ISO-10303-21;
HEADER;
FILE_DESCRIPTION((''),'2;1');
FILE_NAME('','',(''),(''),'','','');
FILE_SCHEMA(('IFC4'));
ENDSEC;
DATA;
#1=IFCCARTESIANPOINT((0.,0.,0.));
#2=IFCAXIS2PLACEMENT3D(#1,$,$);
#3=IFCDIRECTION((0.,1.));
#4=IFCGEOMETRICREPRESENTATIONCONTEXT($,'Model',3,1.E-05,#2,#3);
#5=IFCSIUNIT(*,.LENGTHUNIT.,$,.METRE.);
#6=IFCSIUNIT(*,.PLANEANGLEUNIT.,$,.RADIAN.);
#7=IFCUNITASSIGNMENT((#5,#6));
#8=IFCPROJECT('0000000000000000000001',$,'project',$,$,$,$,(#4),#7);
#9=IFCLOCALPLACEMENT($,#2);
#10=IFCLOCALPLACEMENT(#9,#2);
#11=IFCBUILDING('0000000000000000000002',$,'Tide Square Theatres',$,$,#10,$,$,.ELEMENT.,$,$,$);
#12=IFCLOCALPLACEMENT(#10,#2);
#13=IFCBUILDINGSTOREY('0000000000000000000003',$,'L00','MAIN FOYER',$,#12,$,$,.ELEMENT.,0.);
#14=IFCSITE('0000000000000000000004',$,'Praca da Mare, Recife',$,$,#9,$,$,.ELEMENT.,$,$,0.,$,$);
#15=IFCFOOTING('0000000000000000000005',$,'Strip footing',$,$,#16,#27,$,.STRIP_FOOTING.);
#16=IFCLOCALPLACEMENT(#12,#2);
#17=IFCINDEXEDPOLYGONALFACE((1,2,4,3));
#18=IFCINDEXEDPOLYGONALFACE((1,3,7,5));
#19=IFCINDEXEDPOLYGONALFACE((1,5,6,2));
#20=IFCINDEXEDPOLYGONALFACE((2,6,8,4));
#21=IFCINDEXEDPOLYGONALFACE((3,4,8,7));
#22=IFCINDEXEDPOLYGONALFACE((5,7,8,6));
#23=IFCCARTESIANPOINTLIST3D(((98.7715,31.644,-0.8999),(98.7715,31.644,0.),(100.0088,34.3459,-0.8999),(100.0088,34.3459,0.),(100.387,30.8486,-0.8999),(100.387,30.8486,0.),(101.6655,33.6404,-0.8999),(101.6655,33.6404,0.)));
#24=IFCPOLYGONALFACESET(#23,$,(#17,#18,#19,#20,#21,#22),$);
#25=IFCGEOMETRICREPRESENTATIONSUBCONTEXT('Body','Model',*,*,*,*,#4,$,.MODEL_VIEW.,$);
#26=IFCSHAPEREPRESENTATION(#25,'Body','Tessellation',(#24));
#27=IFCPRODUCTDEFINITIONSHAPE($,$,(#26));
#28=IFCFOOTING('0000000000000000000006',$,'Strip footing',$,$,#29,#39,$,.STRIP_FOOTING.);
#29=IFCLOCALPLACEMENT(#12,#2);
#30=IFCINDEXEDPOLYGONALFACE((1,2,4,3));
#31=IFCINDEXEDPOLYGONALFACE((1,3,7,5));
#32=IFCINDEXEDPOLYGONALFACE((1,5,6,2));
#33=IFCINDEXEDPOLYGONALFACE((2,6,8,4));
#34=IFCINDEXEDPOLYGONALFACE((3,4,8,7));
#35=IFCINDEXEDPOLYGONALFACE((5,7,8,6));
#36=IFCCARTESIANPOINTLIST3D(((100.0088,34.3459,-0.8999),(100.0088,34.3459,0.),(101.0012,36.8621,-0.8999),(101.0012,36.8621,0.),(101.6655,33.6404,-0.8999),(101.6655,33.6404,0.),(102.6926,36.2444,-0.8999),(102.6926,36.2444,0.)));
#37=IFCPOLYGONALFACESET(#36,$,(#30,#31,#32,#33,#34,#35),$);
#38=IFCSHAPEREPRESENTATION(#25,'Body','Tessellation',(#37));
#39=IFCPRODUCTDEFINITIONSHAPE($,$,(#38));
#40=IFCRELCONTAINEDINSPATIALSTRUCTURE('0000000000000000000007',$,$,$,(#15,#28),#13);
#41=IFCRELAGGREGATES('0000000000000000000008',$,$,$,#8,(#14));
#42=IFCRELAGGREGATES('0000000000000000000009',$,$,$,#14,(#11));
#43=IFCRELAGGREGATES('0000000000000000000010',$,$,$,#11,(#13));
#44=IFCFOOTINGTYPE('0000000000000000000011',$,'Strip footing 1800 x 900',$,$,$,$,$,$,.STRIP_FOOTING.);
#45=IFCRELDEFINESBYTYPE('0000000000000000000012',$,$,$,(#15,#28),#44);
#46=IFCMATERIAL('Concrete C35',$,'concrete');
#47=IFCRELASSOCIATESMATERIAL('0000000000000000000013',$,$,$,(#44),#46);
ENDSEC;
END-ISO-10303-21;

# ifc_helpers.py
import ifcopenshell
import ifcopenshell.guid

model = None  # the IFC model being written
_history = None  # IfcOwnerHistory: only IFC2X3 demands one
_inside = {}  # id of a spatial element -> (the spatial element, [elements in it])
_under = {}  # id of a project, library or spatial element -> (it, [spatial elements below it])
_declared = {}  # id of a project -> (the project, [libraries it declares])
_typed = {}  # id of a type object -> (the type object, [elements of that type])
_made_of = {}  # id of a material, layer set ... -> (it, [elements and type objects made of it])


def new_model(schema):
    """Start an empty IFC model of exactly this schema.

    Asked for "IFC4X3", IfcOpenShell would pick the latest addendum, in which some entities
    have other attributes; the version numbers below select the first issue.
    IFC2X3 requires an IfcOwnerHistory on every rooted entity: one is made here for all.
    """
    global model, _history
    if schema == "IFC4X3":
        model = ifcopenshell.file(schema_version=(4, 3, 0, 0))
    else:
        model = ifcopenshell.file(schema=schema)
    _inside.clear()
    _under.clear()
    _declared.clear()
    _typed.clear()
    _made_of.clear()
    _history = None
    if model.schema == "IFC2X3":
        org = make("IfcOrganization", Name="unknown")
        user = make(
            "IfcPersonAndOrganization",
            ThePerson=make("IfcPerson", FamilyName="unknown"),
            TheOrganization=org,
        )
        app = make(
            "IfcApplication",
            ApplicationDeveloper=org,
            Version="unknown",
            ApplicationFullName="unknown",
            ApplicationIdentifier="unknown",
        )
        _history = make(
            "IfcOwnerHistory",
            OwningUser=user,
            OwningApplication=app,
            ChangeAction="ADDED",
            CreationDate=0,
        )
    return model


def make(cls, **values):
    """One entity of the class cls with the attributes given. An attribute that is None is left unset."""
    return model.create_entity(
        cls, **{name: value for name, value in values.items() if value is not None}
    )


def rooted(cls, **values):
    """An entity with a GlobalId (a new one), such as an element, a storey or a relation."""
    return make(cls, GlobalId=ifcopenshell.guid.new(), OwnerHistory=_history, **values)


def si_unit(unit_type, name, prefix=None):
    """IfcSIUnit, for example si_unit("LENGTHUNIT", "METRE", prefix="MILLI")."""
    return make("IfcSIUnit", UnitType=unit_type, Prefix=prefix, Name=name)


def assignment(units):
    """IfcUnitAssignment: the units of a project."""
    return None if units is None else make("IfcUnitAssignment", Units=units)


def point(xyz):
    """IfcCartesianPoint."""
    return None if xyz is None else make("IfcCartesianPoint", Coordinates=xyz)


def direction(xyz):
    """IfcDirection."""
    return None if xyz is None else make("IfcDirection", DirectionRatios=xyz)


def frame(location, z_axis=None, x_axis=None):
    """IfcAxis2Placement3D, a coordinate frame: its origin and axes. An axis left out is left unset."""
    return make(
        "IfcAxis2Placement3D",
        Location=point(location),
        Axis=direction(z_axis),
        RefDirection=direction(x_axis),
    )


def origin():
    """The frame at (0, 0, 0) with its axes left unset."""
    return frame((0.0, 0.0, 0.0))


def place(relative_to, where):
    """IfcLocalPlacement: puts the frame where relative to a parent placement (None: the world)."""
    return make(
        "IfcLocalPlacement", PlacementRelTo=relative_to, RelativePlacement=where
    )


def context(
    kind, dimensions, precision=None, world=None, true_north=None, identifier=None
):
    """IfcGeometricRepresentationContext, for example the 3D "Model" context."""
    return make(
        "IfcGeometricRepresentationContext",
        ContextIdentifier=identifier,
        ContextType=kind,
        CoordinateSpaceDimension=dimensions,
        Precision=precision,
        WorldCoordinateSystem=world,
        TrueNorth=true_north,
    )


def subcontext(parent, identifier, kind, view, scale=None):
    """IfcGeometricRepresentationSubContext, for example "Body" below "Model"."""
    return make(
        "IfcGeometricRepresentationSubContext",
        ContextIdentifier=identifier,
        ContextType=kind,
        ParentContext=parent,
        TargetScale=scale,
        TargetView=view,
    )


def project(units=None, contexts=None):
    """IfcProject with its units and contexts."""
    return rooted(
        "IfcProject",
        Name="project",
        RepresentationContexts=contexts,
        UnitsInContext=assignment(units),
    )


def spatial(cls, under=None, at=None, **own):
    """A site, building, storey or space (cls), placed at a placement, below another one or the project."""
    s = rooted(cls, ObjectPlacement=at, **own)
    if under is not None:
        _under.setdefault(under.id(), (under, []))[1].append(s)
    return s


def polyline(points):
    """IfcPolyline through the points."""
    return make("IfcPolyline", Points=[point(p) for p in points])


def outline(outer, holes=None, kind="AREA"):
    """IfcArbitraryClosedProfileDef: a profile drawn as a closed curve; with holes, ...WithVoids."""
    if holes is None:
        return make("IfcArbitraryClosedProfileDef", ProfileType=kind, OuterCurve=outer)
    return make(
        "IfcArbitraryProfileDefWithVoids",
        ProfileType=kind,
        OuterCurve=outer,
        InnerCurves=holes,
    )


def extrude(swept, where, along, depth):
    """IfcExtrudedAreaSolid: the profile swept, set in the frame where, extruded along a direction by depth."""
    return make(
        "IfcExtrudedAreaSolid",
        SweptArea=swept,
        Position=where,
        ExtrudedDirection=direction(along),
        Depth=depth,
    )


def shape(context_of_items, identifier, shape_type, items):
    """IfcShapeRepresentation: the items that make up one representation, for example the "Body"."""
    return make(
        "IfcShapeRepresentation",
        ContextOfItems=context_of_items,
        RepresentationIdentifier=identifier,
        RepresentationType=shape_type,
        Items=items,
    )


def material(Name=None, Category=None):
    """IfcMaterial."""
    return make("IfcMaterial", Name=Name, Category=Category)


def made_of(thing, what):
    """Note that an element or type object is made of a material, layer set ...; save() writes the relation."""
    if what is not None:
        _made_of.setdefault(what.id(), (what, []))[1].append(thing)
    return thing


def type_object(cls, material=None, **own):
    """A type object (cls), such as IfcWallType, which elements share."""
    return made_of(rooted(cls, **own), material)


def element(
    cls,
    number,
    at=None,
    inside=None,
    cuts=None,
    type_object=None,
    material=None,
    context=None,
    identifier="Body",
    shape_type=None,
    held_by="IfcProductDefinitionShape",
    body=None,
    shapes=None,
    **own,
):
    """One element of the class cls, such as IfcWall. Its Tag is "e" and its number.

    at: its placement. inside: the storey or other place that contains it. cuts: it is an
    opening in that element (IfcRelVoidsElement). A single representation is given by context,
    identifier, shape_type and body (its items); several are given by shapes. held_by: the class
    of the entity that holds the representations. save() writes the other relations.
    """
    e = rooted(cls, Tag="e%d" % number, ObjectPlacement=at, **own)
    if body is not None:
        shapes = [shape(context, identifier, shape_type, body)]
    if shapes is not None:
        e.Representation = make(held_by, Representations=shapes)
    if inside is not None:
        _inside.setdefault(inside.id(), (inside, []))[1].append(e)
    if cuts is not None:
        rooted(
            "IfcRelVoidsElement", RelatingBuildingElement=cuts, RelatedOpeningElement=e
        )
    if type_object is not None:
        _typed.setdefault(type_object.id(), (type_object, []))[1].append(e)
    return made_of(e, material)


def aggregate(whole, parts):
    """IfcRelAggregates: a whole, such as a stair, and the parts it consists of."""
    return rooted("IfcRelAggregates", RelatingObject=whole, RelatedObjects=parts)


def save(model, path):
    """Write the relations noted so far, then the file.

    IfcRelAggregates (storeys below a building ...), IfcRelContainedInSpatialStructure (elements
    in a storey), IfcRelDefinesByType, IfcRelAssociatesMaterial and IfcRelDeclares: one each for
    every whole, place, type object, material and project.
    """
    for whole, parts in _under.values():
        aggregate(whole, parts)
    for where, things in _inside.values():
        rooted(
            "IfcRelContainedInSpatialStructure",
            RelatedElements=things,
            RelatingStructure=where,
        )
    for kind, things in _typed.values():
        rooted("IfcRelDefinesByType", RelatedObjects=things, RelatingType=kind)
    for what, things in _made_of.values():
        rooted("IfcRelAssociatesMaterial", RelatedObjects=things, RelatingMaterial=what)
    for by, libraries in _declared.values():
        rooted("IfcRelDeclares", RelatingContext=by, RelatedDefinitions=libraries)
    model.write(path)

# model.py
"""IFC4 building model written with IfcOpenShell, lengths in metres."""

from ifc_helpers import new_model, si_unit, direction, frame, origin, place, context, subcontext, project, spatial, polyline, outline, extrude, material, type_object, element, save


model = new_model("IFC4")

# Units and contexts
model_context = context("Model", 3, precision=1e-05, world=origin(), true_north=direction((0.0, 1.0)))
body_context = subcontext(model_context, "Body", "Model", "MODEL_VIEW")
ifc_project = project(units=[si_unit("LENGTHUNIT", "METRE"), si_unit("PLANEANGLEUNIT", "RADIAN")], contexts=[model_context])

# Site, building, storey
site_placement = place(None, origin())
site = spatial("IfcSite", under=ifc_project, at=site_placement, Name="Praca da Mare, Recife", CompositionType="ELEMENT", RefElevation=0.0)
building_placement = place(site_placement, origin())
building = spatial("IfcBuilding", under=site, at=building_placement, Name="Tide Square Theatres", CompositionType="ELEMENT")
storey_placement = place(building_placement, origin())
storey = spatial("IfcBuildingStorey", under=building, at=storey_placement, Name="L00", Description="MAIN FOYER", CompositionType="ELEMENT", Elevation=0.0)

# Footings
ifc_material_1 = material(Name="Concrete C35", Category="concrete")
footing_type_1 = type_object("IfcFootingType", Name="Strip footing 1800 x 900", PredefinedType="STRIP_FOOTING", material=ifc_material_1)
footing_1_placement = place(storey_placement, frame((0.0, 0.0, -0.8999)))
element("IfcFooting", 1, at=footing_1_placement, inside=storey, type_object=footing_type_1, Name="Strip footing", PredefinedType="STRIP_FOOTING", context=body_context, shape_type="SweptSolid", body=[
    extrude(outline(polyline([(100.387, 30.8486), (101.6655, 33.6404), (100.0088, 34.3459), (98.7715, 31.644), (100.387, 30.8486)])), origin(), (0.0, 0.0, 1.0), 0.8999),
])
footing_2_placement = place(storey_placement, frame((0.0, 0.0, -0.8999)))
element("IfcFooting", 2, at=footing_2_placement, inside=storey, type_object=footing_type_1, Name="Strip footing", PredefinedType="STRIP_FOOTING", context=body_context, shape_type="SweptSolid", body=[
    extrude(outline(polyline([(101.6655, 33.6404), (102.6926, 36.2444), (101.0012, 36.8621), (100.0088, 34.3459), (101.6655, 33.6404)])), origin(), (0.0, 0.0, 1.0), 0.8999),
])

save(model, "model.ifc")
